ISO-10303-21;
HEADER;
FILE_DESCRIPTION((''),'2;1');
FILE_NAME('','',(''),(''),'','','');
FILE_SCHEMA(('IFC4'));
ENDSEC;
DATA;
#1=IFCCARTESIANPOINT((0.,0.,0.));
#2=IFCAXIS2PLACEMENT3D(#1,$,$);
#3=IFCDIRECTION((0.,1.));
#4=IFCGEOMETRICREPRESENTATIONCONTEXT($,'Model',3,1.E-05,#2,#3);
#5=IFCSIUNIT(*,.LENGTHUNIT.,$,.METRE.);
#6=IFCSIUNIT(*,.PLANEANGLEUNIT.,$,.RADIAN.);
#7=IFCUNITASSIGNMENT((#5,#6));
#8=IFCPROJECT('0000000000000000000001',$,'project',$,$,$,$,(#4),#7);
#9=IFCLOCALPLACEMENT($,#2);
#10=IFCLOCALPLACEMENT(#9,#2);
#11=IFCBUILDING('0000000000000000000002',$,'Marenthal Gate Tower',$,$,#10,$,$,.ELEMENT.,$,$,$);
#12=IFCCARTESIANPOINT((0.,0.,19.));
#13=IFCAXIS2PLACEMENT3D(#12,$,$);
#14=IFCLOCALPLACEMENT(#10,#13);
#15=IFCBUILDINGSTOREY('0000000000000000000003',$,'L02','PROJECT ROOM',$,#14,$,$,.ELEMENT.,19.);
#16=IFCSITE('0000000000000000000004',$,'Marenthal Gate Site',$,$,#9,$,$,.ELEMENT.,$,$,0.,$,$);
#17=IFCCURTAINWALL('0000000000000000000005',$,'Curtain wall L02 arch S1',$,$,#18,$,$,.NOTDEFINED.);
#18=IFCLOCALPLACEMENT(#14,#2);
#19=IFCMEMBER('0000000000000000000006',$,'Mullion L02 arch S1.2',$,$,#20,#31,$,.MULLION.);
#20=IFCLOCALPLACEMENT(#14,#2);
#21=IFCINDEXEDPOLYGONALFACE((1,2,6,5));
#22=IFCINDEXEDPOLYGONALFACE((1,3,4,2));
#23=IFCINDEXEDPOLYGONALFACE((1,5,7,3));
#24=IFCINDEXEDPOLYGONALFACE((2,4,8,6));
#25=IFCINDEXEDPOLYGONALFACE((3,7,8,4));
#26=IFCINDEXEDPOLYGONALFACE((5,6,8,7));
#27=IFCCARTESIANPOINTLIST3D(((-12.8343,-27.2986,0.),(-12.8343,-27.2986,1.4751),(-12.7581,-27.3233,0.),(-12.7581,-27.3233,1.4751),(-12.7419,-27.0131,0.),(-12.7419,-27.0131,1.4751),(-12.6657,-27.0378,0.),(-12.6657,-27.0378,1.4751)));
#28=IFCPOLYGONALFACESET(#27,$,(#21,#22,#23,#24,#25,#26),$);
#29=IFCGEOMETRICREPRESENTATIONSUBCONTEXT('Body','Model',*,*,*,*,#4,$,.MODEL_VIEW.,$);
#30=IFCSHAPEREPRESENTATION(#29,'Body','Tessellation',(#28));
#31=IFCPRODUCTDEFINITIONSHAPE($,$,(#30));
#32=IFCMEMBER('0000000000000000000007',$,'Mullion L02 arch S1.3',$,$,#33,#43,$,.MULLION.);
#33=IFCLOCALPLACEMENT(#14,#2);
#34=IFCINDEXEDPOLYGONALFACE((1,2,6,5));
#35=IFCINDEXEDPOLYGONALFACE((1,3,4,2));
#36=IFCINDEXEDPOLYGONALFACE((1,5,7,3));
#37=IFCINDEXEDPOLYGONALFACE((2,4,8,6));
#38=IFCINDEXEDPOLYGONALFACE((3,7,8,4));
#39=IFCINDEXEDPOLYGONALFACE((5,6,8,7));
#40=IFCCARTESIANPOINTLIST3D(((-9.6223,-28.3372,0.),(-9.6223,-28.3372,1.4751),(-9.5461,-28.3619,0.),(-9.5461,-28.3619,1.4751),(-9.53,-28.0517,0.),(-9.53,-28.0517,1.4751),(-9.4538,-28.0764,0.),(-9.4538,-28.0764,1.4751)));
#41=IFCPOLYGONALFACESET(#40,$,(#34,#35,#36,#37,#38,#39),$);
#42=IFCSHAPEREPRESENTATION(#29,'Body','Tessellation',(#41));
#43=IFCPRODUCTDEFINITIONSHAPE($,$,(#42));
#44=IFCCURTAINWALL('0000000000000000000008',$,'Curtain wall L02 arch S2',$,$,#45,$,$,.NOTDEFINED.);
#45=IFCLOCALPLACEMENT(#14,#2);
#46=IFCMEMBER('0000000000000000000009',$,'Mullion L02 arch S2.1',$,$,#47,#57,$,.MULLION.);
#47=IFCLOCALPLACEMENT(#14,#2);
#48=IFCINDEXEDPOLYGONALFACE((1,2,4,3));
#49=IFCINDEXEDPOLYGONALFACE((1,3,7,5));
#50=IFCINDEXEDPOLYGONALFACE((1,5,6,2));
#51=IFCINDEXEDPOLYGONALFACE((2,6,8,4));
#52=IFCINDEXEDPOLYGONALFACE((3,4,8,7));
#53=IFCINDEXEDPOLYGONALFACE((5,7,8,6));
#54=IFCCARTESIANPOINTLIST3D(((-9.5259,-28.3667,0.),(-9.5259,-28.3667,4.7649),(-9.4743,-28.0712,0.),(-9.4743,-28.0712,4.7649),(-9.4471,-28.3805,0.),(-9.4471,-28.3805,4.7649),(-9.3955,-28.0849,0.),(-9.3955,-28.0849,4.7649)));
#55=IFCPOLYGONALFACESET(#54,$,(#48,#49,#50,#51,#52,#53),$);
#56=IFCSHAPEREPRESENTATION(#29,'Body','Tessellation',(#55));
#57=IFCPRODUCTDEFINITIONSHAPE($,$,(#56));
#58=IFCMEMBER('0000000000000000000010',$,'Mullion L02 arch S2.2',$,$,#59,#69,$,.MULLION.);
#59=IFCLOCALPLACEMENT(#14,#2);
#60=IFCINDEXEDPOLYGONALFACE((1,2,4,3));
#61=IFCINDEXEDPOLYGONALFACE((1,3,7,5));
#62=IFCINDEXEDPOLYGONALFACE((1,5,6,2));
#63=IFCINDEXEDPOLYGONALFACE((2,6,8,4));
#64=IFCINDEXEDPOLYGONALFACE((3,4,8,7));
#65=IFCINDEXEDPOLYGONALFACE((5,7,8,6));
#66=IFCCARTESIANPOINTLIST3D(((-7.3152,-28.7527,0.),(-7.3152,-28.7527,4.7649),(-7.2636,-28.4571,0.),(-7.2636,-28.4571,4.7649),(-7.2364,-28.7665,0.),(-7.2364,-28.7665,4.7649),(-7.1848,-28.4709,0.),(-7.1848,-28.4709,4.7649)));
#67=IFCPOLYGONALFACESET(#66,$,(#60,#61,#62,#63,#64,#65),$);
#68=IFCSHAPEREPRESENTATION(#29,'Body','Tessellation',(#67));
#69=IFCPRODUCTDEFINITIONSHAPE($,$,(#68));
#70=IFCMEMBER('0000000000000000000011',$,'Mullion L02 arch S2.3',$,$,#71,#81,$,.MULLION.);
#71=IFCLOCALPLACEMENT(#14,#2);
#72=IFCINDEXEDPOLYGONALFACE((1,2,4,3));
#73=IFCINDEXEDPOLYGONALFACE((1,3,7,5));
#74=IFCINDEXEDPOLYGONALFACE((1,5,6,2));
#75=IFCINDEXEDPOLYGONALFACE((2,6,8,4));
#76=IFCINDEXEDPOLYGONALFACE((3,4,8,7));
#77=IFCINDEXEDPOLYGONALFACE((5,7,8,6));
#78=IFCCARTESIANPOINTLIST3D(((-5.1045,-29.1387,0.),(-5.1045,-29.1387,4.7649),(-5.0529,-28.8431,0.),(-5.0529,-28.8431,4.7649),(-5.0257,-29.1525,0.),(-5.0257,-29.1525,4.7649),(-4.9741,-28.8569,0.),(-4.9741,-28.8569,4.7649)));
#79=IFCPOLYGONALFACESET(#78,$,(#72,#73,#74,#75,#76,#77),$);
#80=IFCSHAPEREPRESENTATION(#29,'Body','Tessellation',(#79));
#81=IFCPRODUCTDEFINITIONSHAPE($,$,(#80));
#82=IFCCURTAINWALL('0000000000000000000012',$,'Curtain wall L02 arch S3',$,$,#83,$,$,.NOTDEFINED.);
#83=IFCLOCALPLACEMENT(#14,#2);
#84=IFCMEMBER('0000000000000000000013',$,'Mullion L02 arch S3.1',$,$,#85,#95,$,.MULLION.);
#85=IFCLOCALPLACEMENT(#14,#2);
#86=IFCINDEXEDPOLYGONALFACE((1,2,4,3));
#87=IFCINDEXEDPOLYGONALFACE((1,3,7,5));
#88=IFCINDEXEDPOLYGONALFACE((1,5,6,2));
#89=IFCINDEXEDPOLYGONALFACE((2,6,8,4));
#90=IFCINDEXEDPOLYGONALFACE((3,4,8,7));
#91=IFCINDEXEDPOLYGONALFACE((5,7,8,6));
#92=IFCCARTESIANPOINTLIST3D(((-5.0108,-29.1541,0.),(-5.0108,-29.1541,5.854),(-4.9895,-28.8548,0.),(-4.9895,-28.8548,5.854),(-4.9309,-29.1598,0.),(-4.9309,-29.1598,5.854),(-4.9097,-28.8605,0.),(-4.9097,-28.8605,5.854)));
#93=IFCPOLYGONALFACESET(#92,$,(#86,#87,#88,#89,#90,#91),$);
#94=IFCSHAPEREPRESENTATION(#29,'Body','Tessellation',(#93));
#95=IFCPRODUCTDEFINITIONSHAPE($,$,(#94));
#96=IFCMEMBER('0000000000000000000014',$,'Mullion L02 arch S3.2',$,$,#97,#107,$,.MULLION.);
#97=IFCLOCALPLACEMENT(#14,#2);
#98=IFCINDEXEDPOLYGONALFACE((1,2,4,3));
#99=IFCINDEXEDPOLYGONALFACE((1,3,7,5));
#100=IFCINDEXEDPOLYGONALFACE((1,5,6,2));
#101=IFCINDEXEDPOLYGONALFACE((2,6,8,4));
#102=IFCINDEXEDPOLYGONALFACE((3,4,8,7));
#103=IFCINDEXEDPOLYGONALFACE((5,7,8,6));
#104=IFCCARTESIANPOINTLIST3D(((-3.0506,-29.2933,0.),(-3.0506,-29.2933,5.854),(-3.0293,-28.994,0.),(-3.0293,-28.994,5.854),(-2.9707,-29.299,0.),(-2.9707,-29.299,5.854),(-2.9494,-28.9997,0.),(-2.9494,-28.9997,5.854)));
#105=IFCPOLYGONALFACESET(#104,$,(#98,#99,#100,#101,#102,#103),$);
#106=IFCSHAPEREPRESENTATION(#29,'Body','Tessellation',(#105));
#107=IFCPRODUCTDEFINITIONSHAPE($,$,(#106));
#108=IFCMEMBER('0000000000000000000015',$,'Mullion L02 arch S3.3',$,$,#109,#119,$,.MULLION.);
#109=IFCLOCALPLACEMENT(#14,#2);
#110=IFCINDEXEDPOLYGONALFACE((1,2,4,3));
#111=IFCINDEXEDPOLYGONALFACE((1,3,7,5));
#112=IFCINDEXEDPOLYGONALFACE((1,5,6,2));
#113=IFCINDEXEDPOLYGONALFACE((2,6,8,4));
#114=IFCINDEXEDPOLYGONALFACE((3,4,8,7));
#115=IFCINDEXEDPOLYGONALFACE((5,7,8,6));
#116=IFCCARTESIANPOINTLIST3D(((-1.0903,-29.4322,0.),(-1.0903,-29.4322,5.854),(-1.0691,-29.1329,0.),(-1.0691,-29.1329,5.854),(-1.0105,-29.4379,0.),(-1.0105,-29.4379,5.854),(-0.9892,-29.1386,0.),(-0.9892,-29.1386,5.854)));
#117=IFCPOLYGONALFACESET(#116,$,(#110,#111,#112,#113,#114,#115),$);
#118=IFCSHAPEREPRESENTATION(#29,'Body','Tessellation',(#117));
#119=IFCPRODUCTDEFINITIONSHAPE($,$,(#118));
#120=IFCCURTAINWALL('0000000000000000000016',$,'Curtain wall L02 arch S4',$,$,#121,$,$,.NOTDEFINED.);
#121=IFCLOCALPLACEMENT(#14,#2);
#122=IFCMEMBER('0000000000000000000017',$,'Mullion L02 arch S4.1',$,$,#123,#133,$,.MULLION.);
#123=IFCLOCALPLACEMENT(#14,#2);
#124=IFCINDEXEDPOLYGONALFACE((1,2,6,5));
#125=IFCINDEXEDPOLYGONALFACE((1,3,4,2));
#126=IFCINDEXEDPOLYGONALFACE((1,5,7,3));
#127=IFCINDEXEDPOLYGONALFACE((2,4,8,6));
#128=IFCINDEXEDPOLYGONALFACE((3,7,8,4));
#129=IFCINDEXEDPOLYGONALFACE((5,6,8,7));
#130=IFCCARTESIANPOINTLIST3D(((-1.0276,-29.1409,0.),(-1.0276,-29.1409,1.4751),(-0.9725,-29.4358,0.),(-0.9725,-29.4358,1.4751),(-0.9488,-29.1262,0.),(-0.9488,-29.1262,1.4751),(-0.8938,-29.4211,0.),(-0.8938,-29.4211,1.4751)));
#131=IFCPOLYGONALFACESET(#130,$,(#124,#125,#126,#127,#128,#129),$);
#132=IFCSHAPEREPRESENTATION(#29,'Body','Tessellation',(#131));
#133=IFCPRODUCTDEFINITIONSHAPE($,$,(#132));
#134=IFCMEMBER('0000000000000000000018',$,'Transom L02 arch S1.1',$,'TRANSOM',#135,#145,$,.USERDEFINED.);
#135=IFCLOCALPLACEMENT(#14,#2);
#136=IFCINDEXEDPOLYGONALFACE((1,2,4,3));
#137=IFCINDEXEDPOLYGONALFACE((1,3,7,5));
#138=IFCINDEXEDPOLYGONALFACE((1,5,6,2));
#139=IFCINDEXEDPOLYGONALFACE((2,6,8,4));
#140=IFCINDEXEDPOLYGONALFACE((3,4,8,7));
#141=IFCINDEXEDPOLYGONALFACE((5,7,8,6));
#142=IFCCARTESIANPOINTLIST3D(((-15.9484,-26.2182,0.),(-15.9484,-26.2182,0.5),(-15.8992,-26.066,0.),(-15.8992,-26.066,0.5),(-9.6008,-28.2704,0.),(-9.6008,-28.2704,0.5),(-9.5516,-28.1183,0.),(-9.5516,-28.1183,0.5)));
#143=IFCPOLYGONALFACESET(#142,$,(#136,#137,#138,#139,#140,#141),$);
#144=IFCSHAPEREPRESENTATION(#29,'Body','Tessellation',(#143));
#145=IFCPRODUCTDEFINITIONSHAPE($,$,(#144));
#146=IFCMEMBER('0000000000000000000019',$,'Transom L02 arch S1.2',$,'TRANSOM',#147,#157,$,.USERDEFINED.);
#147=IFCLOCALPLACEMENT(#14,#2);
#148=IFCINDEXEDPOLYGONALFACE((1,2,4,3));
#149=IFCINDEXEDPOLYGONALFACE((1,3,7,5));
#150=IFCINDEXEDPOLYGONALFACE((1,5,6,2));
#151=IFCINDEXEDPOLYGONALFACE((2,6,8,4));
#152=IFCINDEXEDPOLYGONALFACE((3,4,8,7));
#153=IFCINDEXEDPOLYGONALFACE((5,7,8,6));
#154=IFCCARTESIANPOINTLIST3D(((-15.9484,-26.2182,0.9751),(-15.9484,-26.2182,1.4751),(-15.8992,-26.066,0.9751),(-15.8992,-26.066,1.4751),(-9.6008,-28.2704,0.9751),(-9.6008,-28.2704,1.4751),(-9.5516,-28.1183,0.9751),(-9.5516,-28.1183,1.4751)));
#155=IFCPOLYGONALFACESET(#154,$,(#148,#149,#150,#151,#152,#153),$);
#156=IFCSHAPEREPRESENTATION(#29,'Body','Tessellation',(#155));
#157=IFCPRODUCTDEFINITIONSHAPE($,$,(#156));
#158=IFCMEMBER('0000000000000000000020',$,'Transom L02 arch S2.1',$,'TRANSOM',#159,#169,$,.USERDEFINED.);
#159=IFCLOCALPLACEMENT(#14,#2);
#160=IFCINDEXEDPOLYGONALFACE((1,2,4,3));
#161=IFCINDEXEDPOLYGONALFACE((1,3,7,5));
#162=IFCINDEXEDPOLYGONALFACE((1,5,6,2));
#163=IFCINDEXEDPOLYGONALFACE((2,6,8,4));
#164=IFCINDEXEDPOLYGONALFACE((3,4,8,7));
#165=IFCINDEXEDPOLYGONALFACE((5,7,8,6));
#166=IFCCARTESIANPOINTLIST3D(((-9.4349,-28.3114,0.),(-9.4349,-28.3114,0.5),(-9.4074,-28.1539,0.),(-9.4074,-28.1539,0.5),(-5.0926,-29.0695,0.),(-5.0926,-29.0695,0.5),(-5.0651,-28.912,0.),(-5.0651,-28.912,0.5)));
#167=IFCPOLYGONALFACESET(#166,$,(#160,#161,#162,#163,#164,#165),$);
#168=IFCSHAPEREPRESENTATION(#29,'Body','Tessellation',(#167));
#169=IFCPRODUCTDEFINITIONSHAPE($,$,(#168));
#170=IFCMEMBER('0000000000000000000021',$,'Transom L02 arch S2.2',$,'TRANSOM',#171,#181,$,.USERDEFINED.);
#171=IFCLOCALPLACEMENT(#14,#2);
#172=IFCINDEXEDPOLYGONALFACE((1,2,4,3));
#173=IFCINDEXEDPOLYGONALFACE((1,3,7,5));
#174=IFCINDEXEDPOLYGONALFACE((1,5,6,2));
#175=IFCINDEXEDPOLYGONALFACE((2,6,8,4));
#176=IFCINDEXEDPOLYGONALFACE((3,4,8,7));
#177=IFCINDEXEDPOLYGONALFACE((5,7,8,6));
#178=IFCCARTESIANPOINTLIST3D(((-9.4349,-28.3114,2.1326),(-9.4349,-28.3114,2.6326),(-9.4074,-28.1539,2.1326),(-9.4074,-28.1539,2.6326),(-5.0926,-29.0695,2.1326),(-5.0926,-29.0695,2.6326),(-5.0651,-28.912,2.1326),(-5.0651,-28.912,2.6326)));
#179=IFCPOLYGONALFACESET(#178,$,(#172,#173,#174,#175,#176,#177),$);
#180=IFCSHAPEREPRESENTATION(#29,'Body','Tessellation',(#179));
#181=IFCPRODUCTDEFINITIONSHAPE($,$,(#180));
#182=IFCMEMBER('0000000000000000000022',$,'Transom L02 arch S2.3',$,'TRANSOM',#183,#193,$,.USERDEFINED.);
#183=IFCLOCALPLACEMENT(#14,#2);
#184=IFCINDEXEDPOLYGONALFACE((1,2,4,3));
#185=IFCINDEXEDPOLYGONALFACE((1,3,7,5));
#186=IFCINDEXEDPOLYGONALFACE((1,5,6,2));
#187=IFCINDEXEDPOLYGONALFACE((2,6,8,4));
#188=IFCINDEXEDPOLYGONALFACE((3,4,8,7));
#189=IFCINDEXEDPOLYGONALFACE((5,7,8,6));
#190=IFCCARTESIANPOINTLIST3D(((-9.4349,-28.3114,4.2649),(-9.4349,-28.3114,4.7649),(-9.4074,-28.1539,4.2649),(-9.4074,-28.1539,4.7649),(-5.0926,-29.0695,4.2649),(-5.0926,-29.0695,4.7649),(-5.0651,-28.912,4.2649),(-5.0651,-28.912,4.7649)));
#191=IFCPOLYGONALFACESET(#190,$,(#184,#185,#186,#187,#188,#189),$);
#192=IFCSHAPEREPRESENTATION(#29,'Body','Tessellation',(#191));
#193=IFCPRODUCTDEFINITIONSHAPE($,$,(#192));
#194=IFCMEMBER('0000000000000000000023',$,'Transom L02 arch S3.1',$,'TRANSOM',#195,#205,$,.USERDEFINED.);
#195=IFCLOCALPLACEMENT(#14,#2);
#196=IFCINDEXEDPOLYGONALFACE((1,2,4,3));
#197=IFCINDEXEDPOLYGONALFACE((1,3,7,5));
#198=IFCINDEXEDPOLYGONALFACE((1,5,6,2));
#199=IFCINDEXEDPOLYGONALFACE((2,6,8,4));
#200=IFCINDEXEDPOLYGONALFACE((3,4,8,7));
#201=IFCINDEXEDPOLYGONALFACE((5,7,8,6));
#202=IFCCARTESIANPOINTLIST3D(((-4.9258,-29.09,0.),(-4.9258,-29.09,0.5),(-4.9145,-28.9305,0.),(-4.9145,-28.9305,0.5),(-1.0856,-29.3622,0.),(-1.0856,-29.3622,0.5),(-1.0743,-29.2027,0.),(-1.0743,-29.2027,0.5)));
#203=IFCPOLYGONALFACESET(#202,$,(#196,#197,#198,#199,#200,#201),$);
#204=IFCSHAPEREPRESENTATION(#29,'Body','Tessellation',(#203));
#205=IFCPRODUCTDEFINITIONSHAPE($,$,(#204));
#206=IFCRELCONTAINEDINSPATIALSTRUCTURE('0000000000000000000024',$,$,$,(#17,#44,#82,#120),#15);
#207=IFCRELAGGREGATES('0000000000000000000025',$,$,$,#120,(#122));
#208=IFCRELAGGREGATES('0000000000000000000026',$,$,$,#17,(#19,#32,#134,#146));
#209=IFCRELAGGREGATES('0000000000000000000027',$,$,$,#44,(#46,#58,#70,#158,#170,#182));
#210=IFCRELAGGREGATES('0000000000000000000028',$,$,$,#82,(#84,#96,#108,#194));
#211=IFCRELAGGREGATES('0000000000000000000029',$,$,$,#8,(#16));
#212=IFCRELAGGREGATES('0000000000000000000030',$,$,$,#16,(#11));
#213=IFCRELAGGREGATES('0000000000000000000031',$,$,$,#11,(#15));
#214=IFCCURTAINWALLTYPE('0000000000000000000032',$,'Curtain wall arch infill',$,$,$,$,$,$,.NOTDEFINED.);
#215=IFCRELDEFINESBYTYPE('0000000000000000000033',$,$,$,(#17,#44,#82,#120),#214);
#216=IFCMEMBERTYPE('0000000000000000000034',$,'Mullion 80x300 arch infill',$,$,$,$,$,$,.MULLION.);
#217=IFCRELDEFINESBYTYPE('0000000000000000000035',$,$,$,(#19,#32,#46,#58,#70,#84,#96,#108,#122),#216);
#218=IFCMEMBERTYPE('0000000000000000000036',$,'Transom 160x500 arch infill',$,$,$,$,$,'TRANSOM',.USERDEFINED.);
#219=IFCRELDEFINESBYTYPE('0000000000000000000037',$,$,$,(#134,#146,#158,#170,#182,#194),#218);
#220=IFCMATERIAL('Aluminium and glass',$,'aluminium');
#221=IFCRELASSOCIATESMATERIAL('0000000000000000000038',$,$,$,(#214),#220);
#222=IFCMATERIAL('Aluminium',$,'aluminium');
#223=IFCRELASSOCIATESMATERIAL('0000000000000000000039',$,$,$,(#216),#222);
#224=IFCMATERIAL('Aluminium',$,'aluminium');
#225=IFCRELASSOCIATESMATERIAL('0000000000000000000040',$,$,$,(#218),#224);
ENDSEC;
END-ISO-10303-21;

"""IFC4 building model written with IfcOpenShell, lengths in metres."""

from ifc_helpers import new_model, si_unit, direction, frame, origin, origin_2d, place, context, subcontext, project, spatial, rectangle, extrude, material, material_profile, profile_set, type_object, element, aggregate, save


model = new_model("IFC4")

# Units and contexts
model_context = context("Model", 3, precision=1e-05, world=origin(), true_north=direction((0.0, 1.0)))
body_context = subcontext(model_context, "Body", "Model", "MODEL_VIEW")
ifc_project = project(units=[si_unit("LENGTHUNIT", "METRE"), si_unit("PLANEANGLEUNIT", "RADIAN")], contexts=[model_context])

# Site, building, storey
site_placement = place(None, origin())
site = spatial("IfcSite", under=ifc_project, at=site_placement, Name="Marenthal Gate Site", CompositionType="ELEMENT", RefElevation=0.0)
building_placement = place(site_placement, origin())
building = spatial("IfcBuilding", under=site, at=building_placement, Name="Marenthal Gate Tower", CompositionType="ELEMENT")
storey_placement = place(building_placement, frame((0.0, 0.0, 19.0)))
storey = spatial("IfcBuildingStorey", under=building, at=storey_placement, Name="L02", Description="PROJECT ROOM", CompositionType="ELEMENT", Elevation=19.0)

# Curtain walls, members
ifc_material_1 = material(Name="Aluminium and glass", Category="aluminium")
curtain_wall_type = type_object("IfcCurtainWallType", Name="Curtain wall arch infill", PredefinedType="NOTDEFINED", material=ifc_material_1)
curtain_wall_1_placement = place(storey_placement, origin())
curtain_wall_1 = element("IfcCurtainWall", 1, at=curtain_wall_1_placement, inside=storey, type_object=curtain_wall_type, Name="Curtain wall L02 arch S1", PredefinedType="NOTDEFINED")
ifc_material_2 = material(Name="Aluminium", Category="aluminium")
ifc_material_profile_1 = material_profile(ifc_material_2, rectangle(XDim=0.3, YDim=0.0801, at=origin_2d()), Name="80x300 aluminium mullion")
ifc_profile_set_1 = profile_set([ifc_material_profile_1], Name="Aluminium")
member_type_1 = type_object("IfcMemberType", Name="Mullion 80x300 arch infill", PredefinedType="MULLION", material=ifc_profile_set_1)
member_1_placement = place(storey_placement, frame((-12.75, -27.1682, 0.0), z_axis=(0.0, 0.0, 1.0), x_axis=(0.307641, 0.951502, 0.0)))
member_1 = element("IfcMember", 2, at=member_1_placement, type_object=member_type_1, Name="Mullion L02 arch S1.2", PredefinedType="MULLION", context=body_context, shape_type="SweptSolid", body=[
    extrude(rectangle(XDim=0.3, YDim=0.0801, at=origin_2d()), origin(), (0.0, 0.0, 1.0), 1.4751),
])
member_2_placement = place(storey_placement, frame((-9.5381, -28.2068, 0.0), z_axis=(0.0, 0.0, 1.0), x_axis=(0.307641, 0.951502, 0.0)))
member_2 = element("IfcMember", 3, at=member_2_placement, type_object=member_type_1, Name="Mullion L02 arch S1.3", PredefinedType="MULLION", context=body_context, shape_type="SweptSolid", body=[
    extrude(rectangle(XDim=0.3, YDim=0.0801, at=origin_2d()), origin(), (0.0, 0.0, 1.0), 1.4751),
])
curtain_wall_2_placement = place(storey_placement, origin())
curtain_wall_2 = element("IfcCurtainWall", 4, at=curtain_wall_2_placement, inside=storey, type_object=curtain_wall_type, Name="Curtain wall L02 arch S2", PredefinedType="NOTDEFINED")
member_3_placement = place(storey_placement, frame((-9.4607, -28.2258, 0.0), z_axis=(0.0, 0.0, 1.0), x_axis=(0.171973, 0.985102, 0.0)))
member_3 = element("IfcMember", 5, at=member_3_placement, type_object=member_type_1, Name="Mullion L02 arch S2.1", PredefinedType="MULLION", context=body_context, shape_type="SweptSolid", body=[
    extrude(rectangle(XDim=0.3, YDim=0.0801, at=origin_2d()), origin(), (0.0, 0.0, 1.0), 4.7649),
])
member_4_placement = place(storey_placement, frame((-7.25, -28.6118, 0.0), z_axis=(0.0, 0.0, 1.0), x_axis=(0.171973, 0.985102, 0.0)))
member_4 = element("IfcMember", 6, at=member_4_placement, type_object=member_type_1, Name="Mullion L02 arch S2.2", PredefinedType="MULLION", context=body_context, shape_type="SweptSolid", body=[
    extrude(rectangle(XDim=0.3, YDim=0.0801, at=origin_2d()), origin(), (0.0, 0.0, 1.0), 4.7649),
])
member_5_placement = place(storey_placement, frame((-5.0393, -28.9978, 0.0), z_axis=(0.0, 0.0, 1.0), x_axis=(0.171973, 0.985102, 0.0)))
member_5 = element("IfcMember", 7, at=member_5_placement, type_object=member_type_1, Name="Mullion L02 arch S2.3", PredefinedType="MULLION", context=body_context, shape_type="SweptSolid", body=[
    extrude(rectangle(XDim=0.3, YDim=0.0801, at=origin_2d()), origin(), (0.0, 0.0, 1.0), 4.7649),
])
curtain_wall_3_placement = place(storey_placement, origin())
curtain_wall_3 = element("IfcCurtainWall", 8, at=curtain_wall_3_placement, inside=storey, type_object=curtain_wall_type, Name="Curtain wall L02 arch S3", PredefinedType="NOTDEFINED")
member_6_placement = place(storey_placement, frame((-4.9602, -29.0073, 0.0), z_axis=(0.0, 0.0, 1.0), x_axis=(0.070735, 0.997495, 0.0)))
member_6 = element("IfcMember", 9, at=member_6_placement, type_object=member_type_1, Name="Mullion L02 arch S3.1", PredefinedType="MULLION", context=body_context, shape_type="SweptSolid", body=[
    extrude(rectangle(XDim=0.3, YDim=0.0801, at=origin_2d()), origin(), (0.0, 0.0, 1.0), 5.854),
])
member_7_placement = place(storey_placement, frame((-3.0, -29.1465, 0.0), z_axis=(0.0, 0.0, 1.0), x_axis=(0.070735, 0.997495, 0.0)))
member_7 = element("IfcMember", 10, at=member_7_placement, type_object=member_type_1, Name="Mullion L02 arch S3.2", PredefinedType="MULLION", context=body_context, shape_type="SweptSolid", body=[
    extrude(rectangle(XDim=0.3, YDim=0.0801, at=origin_2d()), origin(), (0.0, 0.0, 1.0), 5.854),
])
member_8_placement = place(storey_placement, frame((-1.0398, -29.2854, 0.0), z_axis=(0.0, 0.0, 1.0), x_axis=(0.070735, 0.997495, 0.0)))
member_8 = element("IfcMember", 11, at=member_8_placement, type_object=member_type_1, Name="Mullion L02 arch S3.3", PredefinedType="MULLION", context=body_context, shape_type="SweptSolid", body=[
    extrude(rectangle(XDim=0.3, YDim=0.0801, at=origin_2d()), origin(), (0.0, 0.0, 1.0), 5.854),
])

# Curtain wall, member
curtain_wall_4_placement = place(storey_placement, origin())
curtain_wall_4 = element("IfcCurtainWall", 12, at=curtain_wall_4_placement, inside=storey, type_object=curtain_wall_type, Name="Curtain wall L02 arch S4", PredefinedType="NOTDEFINED")
member_9_placement = place(storey_placement, frame((-0.9607, -29.281, 0.0), z_axis=(0.0, 0.0, 1.0), x_axis=(-0.183357, 0.983046, 0.0)))
member_9 = element("IfcMember", 13, at=member_9_placement, type_object=member_type_1, Name="Mullion L02 arch S4.1", PredefinedType="MULLION", context=body_context, shape_type="SweptSolid", body=[
    extrude(rectangle(XDim=0.3, YDim=0.0801, at=origin_2d()), origin(), (0.0, 0.0, 1.0), 1.4751),
])

# Members
ifc_material_3 = material(Name="Aluminium", Category="aluminium")
ifc_material_profile_2 = material_profile(ifc_material_3, rectangle(XDim=0.1599, YDim=0.5, at=origin_2d()), Name="160x500 aluminium transom")
ifc_profile_set_2 = profile_set([ifc_material_profile_2], Name="Aluminium")
member_type_2 = type_object("IfcMemberType", Name="Transom 160x500 arch infill", ElementType="TRANSOM", PredefinedType="USERDEFINED", material=ifc_profile_set_2)
member_10_placement = place(storey_placement, frame((-15.9238, -26.1421, 0.25), z_axis=(0.951506, -0.307629, 0.0), x_axis=(0.307629, 0.951506, 0.0)))
member_10 = element("IfcMember", 14, at=member_10_placement, type_object=member_type_2, Name="Transom L02 arch S1.1", ObjectType="TRANSOM", PredefinedType="USERDEFINED", context=body_context, shape_type="SweptSolid", body=[
    extrude(rectangle(XDim=0.1599, YDim=0.5, at=origin_2d()), origin(), (0.0, 0.0, 1.0), 6.6711),
])
member_11_placement = place(storey_placement, frame((-15.9238, -26.1421, 1.2251), z_axis=(0.951506, -0.307629, 0.0), x_axis=(0.307629, 0.951506, 0.0)))
member_11 = element("IfcMember", 15, at=member_11_placement, type_object=member_type_2, Name="Transom L02 arch S1.2", ObjectType="TRANSOM", PredefinedType="USERDEFINED", context=body_context, shape_type="SweptSolid", body=[
    extrude(rectangle(XDim=0.1599, YDim=0.5, at=origin_2d()), origin(), (0.0, 0.0, 1.0), 6.6711),
])
member_12_placement = place(storey_placement, frame((-9.4211, -28.2327, 0.25), z_axis=(0.985101, -0.171975, 0.0), x_axis=(0.171975, 0.985101, 0.0)))
member_12 = element("IfcMember", 16, at=member_12_placement, type_object=member_type_2, Name="Transom L02 arch S2.1", ObjectType="TRANSOM", PredefinedType="USERDEFINED", context=body_context, shape_type="SweptSolid", body=[
    extrude(rectangle(XDim=0.1599, YDim=0.5, at=origin_2d()), origin(), (0.0, 0.0, 1.0), 4.408),
])
member_13_placement = place(storey_placement, frame((-9.4211, -28.2327, 2.3826), z_axis=(0.985101, -0.171975, 0.0), x_axis=(0.171975, 0.985101, 0.0)))
member_13 = element("IfcMember", 17, at=member_13_placement, type_object=member_type_2, Name="Transom L02 arch S2.2", ObjectType="TRANSOM", PredefinedType="USERDEFINED", context=body_context, shape_type="SweptSolid", body=[
    extrude(rectangle(XDim=0.1599, YDim=0.5, at=origin_2d()), origin(), (0.0, 0.0, 1.0), 4.408),
])
member_14_placement = place(storey_placement, frame((-9.4211, -28.2327, 4.5149), z_axis=(0.985101, -0.171975, 0.0), x_axis=(0.171975, 0.985101, 0.0)))
member_14 = element("IfcMember", 18, at=member_14_placement, type_object=member_type_2, Name="Transom L02 arch S2.3", ObjectType="TRANSOM", PredefinedType="USERDEFINED", context=body_context, shape_type="SweptSolid", body=[
    extrude(rectangle(XDim=0.1599, YDim=0.5, at=origin_2d()), origin(), (0.0, 0.0, 1.0), 4.408),
])
member_15_placement = place(storey_placement, frame((-4.9202, -29.0103, 0.25), z_axis=(0.997497, -0.070706, 0.0), x_axis=(0.070706, 0.997497, 0.0)))
member_15 = element("IfcMember", 19, at=member_15_placement, type_object=member_type_2, Name="Transom L02 arch S3.1", ObjectType="TRANSOM", PredefinedType="USERDEFINED", context=body_context, shape_type="SweptSolid", body=[
    extrude(rectangle(XDim=0.1599, YDim=0.5, at=origin_2d()), origin(), (0.0, 0.0, 1.0), 3.8499),
])
aggregate(curtain_wall_4, [member_9])

aggregate(curtain_wall_1, [member_1, member_2, member_10, member_11])
aggregate(curtain_wall_2, [member_3, member_4, member_5, member_12, member_13, member_14])
aggregate(curtain_wall_3, [member_6, member_7, member_8, member_15])

save(model, "model.ifc")
